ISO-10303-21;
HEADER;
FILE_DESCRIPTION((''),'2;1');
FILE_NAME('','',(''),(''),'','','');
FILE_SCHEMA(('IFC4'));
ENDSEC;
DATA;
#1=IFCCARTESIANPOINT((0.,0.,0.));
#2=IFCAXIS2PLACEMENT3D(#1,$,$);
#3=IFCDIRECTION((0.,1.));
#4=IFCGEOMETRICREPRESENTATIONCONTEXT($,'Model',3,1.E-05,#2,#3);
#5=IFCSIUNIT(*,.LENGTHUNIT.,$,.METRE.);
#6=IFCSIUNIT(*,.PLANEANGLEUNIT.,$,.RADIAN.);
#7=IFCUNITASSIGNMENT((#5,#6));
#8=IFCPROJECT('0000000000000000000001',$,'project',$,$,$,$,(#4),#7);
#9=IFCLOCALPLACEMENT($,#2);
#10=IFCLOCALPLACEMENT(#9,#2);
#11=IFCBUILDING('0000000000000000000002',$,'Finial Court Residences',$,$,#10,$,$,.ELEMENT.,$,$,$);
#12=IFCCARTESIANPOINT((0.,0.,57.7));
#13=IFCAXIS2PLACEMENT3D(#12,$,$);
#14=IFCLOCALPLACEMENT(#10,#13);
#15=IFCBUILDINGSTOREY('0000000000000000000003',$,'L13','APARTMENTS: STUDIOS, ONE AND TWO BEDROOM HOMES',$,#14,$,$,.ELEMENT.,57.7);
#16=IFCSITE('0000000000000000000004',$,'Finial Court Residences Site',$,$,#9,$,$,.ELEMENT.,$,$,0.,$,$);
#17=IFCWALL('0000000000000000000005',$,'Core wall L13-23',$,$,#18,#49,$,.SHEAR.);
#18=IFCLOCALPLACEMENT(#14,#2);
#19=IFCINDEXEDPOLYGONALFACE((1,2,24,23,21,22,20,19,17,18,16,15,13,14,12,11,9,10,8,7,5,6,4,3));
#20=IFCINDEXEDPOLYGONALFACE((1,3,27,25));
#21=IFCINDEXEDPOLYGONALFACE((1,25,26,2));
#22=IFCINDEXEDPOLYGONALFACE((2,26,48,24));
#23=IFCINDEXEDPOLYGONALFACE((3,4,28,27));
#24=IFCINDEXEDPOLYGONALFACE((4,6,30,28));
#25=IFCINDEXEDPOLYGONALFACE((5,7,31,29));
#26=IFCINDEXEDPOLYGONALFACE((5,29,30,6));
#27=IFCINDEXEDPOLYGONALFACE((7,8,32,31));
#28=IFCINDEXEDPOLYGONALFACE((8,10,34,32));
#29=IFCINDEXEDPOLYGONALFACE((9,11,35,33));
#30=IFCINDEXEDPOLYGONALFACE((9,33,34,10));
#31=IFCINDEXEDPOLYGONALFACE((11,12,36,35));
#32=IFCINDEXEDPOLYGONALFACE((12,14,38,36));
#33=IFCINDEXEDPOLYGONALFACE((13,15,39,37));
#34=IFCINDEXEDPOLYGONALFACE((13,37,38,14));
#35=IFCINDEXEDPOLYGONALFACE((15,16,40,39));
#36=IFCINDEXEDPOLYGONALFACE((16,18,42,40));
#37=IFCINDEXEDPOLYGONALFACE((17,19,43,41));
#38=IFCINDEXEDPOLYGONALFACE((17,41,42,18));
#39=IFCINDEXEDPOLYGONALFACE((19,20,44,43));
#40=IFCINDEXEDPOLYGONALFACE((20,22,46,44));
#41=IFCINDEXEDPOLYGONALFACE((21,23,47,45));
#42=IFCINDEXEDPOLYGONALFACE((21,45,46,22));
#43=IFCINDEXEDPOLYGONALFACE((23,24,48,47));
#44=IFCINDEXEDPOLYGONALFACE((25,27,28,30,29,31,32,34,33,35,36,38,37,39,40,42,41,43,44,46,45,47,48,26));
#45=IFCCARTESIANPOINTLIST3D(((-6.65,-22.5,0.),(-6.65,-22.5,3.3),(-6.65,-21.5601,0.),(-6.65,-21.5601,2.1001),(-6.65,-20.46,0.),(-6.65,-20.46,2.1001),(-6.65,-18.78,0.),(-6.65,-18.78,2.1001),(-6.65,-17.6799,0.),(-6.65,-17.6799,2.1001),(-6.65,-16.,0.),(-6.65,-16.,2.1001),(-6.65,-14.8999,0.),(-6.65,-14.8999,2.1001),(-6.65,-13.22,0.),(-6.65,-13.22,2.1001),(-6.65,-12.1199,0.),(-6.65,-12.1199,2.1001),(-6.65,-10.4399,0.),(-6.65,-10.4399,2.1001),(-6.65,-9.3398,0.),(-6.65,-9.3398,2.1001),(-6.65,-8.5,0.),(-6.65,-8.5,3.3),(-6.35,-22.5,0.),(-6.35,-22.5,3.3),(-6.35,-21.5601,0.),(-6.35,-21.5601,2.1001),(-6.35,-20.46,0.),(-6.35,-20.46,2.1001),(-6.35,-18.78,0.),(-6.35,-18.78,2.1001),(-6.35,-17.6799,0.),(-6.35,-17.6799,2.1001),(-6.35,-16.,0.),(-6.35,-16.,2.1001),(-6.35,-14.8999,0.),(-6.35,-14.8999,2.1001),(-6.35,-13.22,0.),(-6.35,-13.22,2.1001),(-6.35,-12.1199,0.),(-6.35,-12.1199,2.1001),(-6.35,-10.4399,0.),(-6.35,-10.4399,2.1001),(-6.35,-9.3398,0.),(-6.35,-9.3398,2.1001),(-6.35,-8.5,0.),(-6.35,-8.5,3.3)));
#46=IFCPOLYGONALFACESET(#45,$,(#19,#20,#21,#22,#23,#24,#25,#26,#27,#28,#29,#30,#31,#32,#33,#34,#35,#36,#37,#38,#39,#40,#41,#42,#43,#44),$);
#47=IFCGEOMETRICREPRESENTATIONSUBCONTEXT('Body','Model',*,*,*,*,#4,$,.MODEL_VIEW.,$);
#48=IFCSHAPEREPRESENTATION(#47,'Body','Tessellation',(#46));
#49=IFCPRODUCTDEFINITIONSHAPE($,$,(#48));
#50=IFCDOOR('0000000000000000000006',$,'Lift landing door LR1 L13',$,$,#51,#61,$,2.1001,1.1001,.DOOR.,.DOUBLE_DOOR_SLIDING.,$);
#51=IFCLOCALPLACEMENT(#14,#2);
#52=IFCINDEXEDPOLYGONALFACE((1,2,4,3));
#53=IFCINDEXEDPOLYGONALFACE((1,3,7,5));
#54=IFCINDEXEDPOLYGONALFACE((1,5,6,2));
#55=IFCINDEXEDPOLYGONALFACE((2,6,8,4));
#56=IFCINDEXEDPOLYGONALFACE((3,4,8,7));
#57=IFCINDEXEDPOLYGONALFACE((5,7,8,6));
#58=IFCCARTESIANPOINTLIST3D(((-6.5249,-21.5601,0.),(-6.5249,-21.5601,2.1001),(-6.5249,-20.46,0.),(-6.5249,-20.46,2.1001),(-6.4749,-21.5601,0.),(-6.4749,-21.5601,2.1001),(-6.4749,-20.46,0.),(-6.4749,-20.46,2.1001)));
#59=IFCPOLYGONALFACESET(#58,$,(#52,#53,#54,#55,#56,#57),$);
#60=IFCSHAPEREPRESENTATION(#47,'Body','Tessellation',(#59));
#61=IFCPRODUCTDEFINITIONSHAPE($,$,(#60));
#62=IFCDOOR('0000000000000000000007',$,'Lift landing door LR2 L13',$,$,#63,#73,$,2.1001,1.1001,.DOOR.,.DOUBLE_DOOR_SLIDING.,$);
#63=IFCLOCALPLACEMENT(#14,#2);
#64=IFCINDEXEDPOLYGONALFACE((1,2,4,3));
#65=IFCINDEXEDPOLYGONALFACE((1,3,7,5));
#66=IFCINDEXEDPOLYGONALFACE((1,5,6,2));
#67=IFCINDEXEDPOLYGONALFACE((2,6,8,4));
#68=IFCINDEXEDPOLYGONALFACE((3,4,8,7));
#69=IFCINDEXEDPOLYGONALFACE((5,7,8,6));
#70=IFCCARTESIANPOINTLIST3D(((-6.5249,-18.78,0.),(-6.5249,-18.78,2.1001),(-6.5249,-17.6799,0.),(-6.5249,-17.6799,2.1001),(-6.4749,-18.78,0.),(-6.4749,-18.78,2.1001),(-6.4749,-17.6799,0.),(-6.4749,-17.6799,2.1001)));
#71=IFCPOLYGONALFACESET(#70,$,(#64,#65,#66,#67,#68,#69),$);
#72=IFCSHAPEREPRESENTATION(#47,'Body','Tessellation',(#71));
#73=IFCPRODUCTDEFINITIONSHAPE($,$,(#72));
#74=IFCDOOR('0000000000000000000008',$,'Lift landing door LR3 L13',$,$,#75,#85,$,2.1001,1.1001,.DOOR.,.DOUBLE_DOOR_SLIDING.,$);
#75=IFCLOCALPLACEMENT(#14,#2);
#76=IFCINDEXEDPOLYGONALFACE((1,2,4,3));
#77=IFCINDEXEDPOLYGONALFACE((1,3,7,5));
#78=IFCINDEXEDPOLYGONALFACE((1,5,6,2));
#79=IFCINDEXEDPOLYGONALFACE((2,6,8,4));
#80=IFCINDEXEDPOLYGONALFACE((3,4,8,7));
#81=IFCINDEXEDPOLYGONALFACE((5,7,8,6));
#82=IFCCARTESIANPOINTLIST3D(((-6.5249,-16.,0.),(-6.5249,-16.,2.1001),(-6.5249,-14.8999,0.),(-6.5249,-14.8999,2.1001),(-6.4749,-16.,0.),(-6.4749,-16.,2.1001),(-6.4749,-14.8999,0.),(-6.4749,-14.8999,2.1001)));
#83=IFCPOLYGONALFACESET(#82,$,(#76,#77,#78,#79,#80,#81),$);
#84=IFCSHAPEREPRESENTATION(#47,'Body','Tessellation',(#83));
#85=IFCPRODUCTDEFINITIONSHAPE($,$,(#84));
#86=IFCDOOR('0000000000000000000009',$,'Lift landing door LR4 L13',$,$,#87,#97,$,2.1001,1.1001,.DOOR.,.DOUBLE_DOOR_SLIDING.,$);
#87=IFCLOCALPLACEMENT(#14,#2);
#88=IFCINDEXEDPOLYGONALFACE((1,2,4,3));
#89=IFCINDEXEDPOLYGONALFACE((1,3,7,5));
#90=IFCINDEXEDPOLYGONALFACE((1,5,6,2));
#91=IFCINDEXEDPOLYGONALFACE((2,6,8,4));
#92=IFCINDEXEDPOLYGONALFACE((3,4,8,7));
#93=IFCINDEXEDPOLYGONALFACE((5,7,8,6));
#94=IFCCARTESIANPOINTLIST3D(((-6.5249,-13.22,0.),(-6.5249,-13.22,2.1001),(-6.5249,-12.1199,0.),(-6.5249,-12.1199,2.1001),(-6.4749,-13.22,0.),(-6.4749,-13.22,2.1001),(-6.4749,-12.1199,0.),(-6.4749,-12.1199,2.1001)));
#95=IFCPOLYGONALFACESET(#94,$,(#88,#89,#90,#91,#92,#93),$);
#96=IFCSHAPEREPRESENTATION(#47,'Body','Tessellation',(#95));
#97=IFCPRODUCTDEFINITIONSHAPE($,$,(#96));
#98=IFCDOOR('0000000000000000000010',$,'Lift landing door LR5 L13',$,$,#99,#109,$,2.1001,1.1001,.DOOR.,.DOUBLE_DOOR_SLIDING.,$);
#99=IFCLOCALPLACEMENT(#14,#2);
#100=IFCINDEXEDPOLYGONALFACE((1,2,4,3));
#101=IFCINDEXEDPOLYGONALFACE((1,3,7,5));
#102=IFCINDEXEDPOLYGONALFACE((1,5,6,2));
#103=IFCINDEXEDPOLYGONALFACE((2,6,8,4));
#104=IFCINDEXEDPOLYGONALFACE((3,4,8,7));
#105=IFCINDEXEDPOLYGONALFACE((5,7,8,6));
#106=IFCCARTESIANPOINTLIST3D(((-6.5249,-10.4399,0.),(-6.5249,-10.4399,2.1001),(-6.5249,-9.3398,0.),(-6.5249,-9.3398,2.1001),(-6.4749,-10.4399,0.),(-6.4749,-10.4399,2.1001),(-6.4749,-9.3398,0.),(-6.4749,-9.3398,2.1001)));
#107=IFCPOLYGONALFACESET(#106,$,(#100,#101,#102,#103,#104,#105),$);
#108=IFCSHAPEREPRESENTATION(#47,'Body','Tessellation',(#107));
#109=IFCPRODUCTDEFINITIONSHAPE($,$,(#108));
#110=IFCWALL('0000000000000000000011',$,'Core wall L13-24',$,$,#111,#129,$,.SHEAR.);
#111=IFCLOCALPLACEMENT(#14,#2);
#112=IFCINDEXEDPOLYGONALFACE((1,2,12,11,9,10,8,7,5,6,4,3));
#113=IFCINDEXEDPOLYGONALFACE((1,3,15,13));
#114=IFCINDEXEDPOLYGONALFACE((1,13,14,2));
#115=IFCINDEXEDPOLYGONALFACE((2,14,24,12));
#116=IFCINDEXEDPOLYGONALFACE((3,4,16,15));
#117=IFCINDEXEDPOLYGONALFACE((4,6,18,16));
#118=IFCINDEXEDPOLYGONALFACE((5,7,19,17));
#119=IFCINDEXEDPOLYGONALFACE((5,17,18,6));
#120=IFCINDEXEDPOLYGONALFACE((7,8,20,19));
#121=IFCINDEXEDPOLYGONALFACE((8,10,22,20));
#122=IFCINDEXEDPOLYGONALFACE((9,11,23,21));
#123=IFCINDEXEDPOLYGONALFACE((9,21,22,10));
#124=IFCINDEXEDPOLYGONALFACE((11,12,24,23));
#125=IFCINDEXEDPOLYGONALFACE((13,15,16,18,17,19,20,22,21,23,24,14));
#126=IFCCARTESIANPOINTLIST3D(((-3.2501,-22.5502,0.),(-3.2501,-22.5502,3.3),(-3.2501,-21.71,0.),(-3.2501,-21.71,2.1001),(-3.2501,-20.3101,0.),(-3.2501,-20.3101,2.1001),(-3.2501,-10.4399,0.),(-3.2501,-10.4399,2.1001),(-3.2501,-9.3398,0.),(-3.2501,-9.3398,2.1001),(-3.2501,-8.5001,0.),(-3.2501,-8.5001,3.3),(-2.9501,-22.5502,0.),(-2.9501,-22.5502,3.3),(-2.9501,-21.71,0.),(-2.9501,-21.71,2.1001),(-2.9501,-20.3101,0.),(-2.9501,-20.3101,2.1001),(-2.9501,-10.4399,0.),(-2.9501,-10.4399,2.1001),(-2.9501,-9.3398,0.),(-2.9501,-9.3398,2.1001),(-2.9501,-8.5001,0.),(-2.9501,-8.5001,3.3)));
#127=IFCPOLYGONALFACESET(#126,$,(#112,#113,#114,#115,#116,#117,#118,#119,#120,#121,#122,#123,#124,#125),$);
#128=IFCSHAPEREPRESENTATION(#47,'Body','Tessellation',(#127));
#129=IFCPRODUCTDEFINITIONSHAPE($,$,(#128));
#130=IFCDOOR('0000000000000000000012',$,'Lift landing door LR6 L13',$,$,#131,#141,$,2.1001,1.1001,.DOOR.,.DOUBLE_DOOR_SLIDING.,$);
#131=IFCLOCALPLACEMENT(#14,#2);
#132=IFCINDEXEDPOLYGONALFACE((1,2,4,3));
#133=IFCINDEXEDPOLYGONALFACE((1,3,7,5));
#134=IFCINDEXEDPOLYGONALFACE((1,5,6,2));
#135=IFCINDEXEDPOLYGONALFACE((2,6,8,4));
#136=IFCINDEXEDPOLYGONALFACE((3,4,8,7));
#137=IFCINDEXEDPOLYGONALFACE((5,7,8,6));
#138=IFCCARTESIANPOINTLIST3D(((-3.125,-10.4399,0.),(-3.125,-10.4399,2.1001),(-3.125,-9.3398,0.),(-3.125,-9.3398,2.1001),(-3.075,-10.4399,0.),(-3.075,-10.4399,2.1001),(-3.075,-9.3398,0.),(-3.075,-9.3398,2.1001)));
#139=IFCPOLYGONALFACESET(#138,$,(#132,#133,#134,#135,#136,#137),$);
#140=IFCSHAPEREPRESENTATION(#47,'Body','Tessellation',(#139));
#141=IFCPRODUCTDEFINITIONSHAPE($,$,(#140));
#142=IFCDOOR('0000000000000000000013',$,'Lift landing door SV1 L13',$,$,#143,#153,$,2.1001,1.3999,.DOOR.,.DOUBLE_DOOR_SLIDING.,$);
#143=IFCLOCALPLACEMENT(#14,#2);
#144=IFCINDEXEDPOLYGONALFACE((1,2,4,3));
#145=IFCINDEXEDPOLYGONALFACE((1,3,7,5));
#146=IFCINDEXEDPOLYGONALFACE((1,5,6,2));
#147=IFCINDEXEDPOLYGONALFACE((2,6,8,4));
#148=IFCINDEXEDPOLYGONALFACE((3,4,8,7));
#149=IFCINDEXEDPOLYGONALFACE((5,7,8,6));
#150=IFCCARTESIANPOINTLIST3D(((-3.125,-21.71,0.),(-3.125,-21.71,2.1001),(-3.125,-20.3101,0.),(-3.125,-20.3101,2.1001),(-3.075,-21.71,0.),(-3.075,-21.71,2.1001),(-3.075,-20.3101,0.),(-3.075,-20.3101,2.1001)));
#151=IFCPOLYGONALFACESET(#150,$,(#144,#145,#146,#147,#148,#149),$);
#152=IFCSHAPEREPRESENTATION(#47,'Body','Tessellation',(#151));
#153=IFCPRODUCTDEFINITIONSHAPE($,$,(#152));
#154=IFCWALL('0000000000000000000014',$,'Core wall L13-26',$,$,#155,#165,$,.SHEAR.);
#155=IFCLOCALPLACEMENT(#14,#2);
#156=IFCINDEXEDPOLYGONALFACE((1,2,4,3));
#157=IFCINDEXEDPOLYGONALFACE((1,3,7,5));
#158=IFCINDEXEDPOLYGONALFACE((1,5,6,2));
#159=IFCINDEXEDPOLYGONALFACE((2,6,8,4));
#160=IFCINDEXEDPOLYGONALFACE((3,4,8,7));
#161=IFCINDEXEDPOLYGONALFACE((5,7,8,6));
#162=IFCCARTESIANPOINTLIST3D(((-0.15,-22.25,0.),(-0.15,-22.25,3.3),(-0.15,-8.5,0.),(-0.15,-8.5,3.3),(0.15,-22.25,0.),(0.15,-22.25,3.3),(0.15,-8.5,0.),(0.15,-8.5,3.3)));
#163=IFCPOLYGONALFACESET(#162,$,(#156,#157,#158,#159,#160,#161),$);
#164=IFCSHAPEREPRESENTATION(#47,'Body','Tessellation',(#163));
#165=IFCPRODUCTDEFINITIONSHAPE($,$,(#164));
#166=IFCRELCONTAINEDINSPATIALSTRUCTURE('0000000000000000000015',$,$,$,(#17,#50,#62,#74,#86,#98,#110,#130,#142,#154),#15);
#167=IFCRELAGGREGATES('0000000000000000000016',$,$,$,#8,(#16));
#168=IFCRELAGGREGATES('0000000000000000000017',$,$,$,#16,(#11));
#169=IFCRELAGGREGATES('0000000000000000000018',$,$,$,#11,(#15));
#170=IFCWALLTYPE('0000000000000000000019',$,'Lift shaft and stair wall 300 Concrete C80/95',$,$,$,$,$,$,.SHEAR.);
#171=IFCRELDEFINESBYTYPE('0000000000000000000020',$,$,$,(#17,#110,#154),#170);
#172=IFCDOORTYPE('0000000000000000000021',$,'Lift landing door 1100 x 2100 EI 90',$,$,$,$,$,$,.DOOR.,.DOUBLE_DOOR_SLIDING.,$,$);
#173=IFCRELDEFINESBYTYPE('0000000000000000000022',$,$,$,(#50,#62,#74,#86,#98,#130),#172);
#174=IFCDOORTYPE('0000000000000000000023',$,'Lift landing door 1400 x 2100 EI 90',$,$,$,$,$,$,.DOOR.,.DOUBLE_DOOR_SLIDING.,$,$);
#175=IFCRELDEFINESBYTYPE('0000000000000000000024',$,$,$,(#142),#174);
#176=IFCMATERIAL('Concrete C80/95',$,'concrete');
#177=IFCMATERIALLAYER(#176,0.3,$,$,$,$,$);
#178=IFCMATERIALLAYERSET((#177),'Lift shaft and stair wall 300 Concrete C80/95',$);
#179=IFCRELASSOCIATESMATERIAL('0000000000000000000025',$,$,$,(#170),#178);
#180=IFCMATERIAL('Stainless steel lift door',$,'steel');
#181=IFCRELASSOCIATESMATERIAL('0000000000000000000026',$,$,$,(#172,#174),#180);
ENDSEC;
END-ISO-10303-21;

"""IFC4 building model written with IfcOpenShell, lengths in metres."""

from ifc_helpers import new_model, si_unit, direction, frame, frame_2d, origin, place, context, subcontext, project, spatial, rectangle, extrude, material, layer, layer_set, type_object, element, fill, save


model = new_model("IFC4")

# Units and contexts
model_context = context("Model", 3, precision=1e-05, world=origin(), true_north=direction((0.0, 1.0)))
body_context = subcontext(model_context, "Body", "Model", "MODEL_VIEW")
ifc_project = project(units=[si_unit("LENGTHUNIT", "METRE"), si_unit("PLANEANGLEUNIT", "RADIAN")], contexts=[model_context])

# Site, building, storey
site_placement = place(None, origin())
site = spatial("IfcSite", under=ifc_project, at=site_placement, Name="Finial Court Residences Site", CompositionType="ELEMENT", RefElevation=0.0)
building_placement = place(site_placement, origin())
building = spatial("IfcBuilding", under=site, at=building_placement, Name="Finial Court Residences", CompositionType="ELEMENT")
storey_placement = place(building_placement, frame((0.0, 0.0, 57.7)))
storey = spatial("IfcBuildingStorey", under=building, at=storey_placement, Name="L13", Description="APARTMENTS: STUDIOS, ONE AND TWO BEDROOM HOMES", CompositionType="ELEMENT", Elevation=57.7)

# Shared definitions
ifc_material_1 = material(Name="Concrete C80/95", Category="concrete")
ifc_layer_1 = layer(ifc_material_1, 0.3)
ifc_layer_set_1 = layer_set([ifc_layer_1], Name="Lift shaft and stair wall 300 Concrete C80/95")
wall_type_1 = type_object("IfcWallType", Name="Lift shaft and stair wall 300 Concrete C80/95", PredefinedType="SHEAR", material=ifc_layer_set_1)

# Walls, openings, doors
wall_1_placement = place(storey_placement, frame((-6.5, -22.5, 0.0), z_axis=(0.0, 0.0, 1.0), x_axis=(0.0, 1.0, 0.0)))
wall_1 = element("IfcWall", 1, at=wall_1_placement, inside=storey, type_object=wall_type_1, Name="Core wall L13-23", PredefinedType="SHEAR", context=body_context, shape_type="SweptSolid", body=[
    extrude(rectangle(XDim=14.0, YDim=0.3, at=frame_2d((7.0, 0.0))), origin(), (0.0, 0.0, 1.0), 3.3),
])
opening_1_placement = place(wall_1_placement, frame((0.9399, 0.0, 0.0)))
opening_1 = element("IfcOpeningElement", 2, at=opening_1_placement, cuts=wall_1, PredefinedType="OPENING", context=body_context, shape_type="SweptSolid", body=[
    extrude(rectangle(XDim=1.1001, YDim=2.1001, at=frame_2d((0.55, 1.05))), frame((0.0, 0.1599, 0.0), z_axis=(0.0, -1.0, 0.0), x_axis=(1.0, 0.0, 0.0)), (0.0, 0.0, 1.0), 0.3201),
])
opening_2_placement = place(wall_1_placement, frame((3.72, 0.0, 0.0)))
opening_2 = element("IfcOpeningElement", 3, at=opening_2_placement, cuts=wall_1, PredefinedType="OPENING", context=body_context, shape_type="SweptSolid", body=[
    extrude(rectangle(XDim=1.1001, YDim=2.1001, at=frame_2d((0.55, 1.05))), frame((0.0, 0.1599, 0.0), z_axis=(0.0, -1.0, 0.0), x_axis=(1.0, 0.0, 0.0)), (0.0, 0.0, 1.0), 0.3201),
])
opening_3_placement = place(wall_1_placement, frame((6.5, 0.0, 0.0)))
opening_3 = element("IfcOpeningElement", 4, at=opening_3_placement, cuts=wall_1, PredefinedType="OPENING", context=body_context, shape_type="SweptSolid", body=[
    extrude(rectangle(XDim=1.1001, YDim=2.1001, at=frame_2d((0.55, 1.05))), frame((0.0, 0.1599, 0.0), z_axis=(0.0, -1.0, 0.0), x_axis=(1.0, 0.0, 0.0)), (0.0, 0.0, 1.0), 0.3201),
])
opening_4_placement = place(wall_1_placement, frame((9.28, 0.0, 0.0)))
opening_4 = element("IfcOpeningElement", 5, at=opening_4_placement, cuts=wall_1, PredefinedType="OPENING", context=body_context, shape_type="SweptSolid", body=[
    extrude(rectangle(XDim=1.1001, YDim=2.1001, at=frame_2d((0.55, 1.05))), frame((0.0, 0.1599, 0.0), z_axis=(0.0, -1.0, 0.0), x_axis=(1.0, 0.0, 0.0)), (0.0, 0.0, 1.0), 0.3201),
])
opening_5_placement = place(wall_1_placement, frame((12.0601, 0.0, 0.0)))
opening_5 = element("IfcOpeningElement", 6, at=opening_5_placement, cuts=wall_1, PredefinedType="OPENING", context=body_context, shape_type="SweptSolid", body=[
    extrude(rectangle(XDim=1.1001, YDim=2.1001, at=frame_2d((0.55, 1.05))), frame((0.0, 0.1599, 0.0), z_axis=(0.0, -1.0, 0.0), x_axis=(1.0, 0.0, 0.0)), (0.0, 0.0, 1.0), 0.3201),
])
ifc_material_2 = material(Name="Stainless steel lift door", Category="steel")
door_type_1 = type_object("IfcDoorType", Name="Lift landing door 1100 x 2100 EI 90", OperationType="DOUBLE_DOOR_SLIDING", PredefinedType="DOOR", material=ifc_material_2)
door_1_placement = place(opening_1_placement, origin())
door_1 = element("IfcDoor", 7, at=door_1_placement, inside=storey, type_object=door_type_1, Name="Lift landing door LR1 L13", OperationType="DOUBLE_DOOR_SLIDING", OverallHeight=2.1001, OverallWidth=1.1001, PredefinedType="DOOR", context=body_context, shape_type="SweptSolid", body=[
    extrude(rectangle(XDim=1.1001, YDim=2.1001, at=frame_2d((0.55, 1.05))), frame((0.0, 0.0249, 0.0), z_axis=(0.0, -1.0, 0.0), x_axis=(1.0, 0.0, 0.0)), (0.0, 0.0, 1.0), 0.05),
])
fill(opening_1, door_1)
door_2_placement = place(opening_2_placement, origin())
door_2 = element("IfcDoor", 8, at=door_2_placement, inside=storey, type_object=door_type_1, Name="Lift landing door LR2 L13", OperationType="DOUBLE_DOOR_SLIDING", OverallHeight=2.1001, OverallWidth=1.1001, PredefinedType="DOOR", context=body_context, shape_type="SweptSolid", body=[
    extrude(rectangle(XDim=1.1001, YDim=2.1001, at=frame_2d((0.55, 1.05))), frame((0.0, 0.0249, 0.0), z_axis=(0.0, -1.0, 0.0), x_axis=(1.0, 0.0, 0.0)), (0.0, 0.0, 1.0), 0.05),
])
fill(opening_2, door_2)
door_3_placement = place(opening_3_placement, origin())
door_3 = element("IfcDoor", 9, at=door_3_placement, inside=storey, type_object=door_type_1, Name="Lift landing door LR3 L13", OperationType="DOUBLE_DOOR_SLIDING", OverallHeight=2.1001, OverallWidth=1.1001, PredefinedType="DOOR", context=body_context, shape_type="SweptSolid", body=[
    extrude(rectangle(XDim=1.1001, YDim=2.1001, at=frame_2d((0.55, 1.05))), frame((0.0, 0.0249, 0.0), z_axis=(0.0, -1.0, 0.0), x_axis=(1.0, 0.0, 0.0)), (0.0, 0.0, 1.0), 0.05),
])
fill(opening_3, door_3)
door_4_placement = place(opening_4_placement, origin())
door_4 = element("IfcDoor", 10, at=door_4_placement, inside=storey, type_object=door_type_1, Name="Lift landing door LR4 L13", OperationType="DOUBLE_DOOR_SLIDING", OverallHeight=2.1001, OverallWidth=1.1001, PredefinedType="DOOR", context=body_context, shape_type="SweptSolid", body=[
    extrude(rectangle(XDim=1.1001, YDim=2.1001, at=frame_2d((0.55, 1.05))), frame((0.0, 0.0249, 0.0), z_axis=(0.0, -1.0, 0.0), x_axis=(1.0, 0.0, 0.0)), (0.0, 0.0, 1.0), 0.05),
])
fill(opening_4, door_4)
door_5_placement = place(opening_5_placement, origin())
door_5 = element("IfcDoor", 11, at=door_5_placement, inside=storey, type_object=door_type_1, Name="Lift landing door LR5 L13", OperationType="DOUBLE_DOOR_SLIDING", OverallHeight=2.1001, OverallWidth=1.1001, PredefinedType="DOOR", context=body_context, shape_type="SweptSolid", body=[
    extrude(rectangle(XDim=1.1001, YDim=2.1001, at=frame_2d((0.55, 1.05))), frame((0.0, 0.0249, 0.0), z_axis=(0.0, -1.0, 0.0), x_axis=(1.0, 0.0, 0.0)), (0.0, 0.0, 1.0), 0.05),
])
fill(opening_5, door_5)
wall_2_placement = place(storey_placement, frame((-3.1001, -22.55, 0.0), z_axis=(0.0, 0.0, 1.0), x_axis=(0.0, 1.0, 0.0)))
wall_2 = element("IfcWall", 12, at=wall_2_placement, inside=storey, type_object=wall_type_1, Name="Core wall L13-24", PredefinedType="SHEAR", context=body_context, shape_type="SweptSolid", body=[
    extrude(rectangle(XDim=14.05, YDim=0.3, at=frame_2d((7.0249, 0.0))), origin(), (0.0, 0.0, 1.0), 3.3),
])
opening_6_placement = place(wall_2_placement, frame((12.1101, 0.0, 0.0)))
opening_6 = element("IfcOpeningElement", 13, at=opening_6_placement, cuts=wall_2, PredefinedType="OPENING", context=body_context, shape_type="SweptSolid", body=[
    extrude(rectangle(XDim=1.1001, YDim=2.1001, at=frame_2d((0.55, 1.05))), frame((0.0, 0.1599, 0.0), z_axis=(0.0, -1.0, 0.0), x_axis=(1.0, 0.0, 0.0)), (0.0, 0.0, 1.0), 0.3201),
])
opening_7_placement = place(wall_2_placement, frame((0.8401, 0.0, 0.0)))
opening_7 = element("IfcOpeningElement", 14, at=opening_7_placement, cuts=wall_2, PredefinedType="OPENING", context=body_context, shape_type="SweptSolid", body=[
    extrude(rectangle(XDim=1.3999, YDim=2.1001, at=frame_2d((0.7, 1.05))), frame((0.0, 0.1599, 0.0), z_axis=(0.0, -1.0, 0.0), x_axis=(1.0, 0.0, 0.0)), (0.0, 0.0, 1.0), 0.3201),
])
door_6_placement = place(opening_6_placement, origin())
door_6 = element("IfcDoor", 15, at=door_6_placement, inside=storey, type_object=door_type_1, Name="Lift landing door LR6 L13", OperationType="DOUBLE_DOOR_SLIDING", OverallHeight=2.1001, OverallWidth=1.1001, PredefinedType="DOOR", context=body_context, shape_type="SweptSolid", body=[
    extrude(rectangle(XDim=1.1001, YDim=2.1001, at=frame_2d((0.55, 1.05))), frame((0.0, 0.0249, 0.0), z_axis=(0.0, -1.0, 0.0), x_axis=(1.0, 0.0, 0.0)), (0.0, 0.0, 1.0), 0.05),
])
fill(opening_6, door_6)
door_type_2 = type_object("IfcDoorType", Name="Lift landing door 1400 x 2100 EI 90", OperationType="DOUBLE_DOOR_SLIDING", PredefinedType="DOOR", material=ifc_material_2)
door_7_placement = place(opening_7_placement, origin())
door_7 = element("IfcDoor", 16, at=door_7_placement, inside=storey, type_object=door_type_2, Name="Lift landing door SV1 L13", OperationType="DOUBLE_DOOR_SLIDING", OverallHeight=2.1001, OverallWidth=1.3999, PredefinedType="DOOR", context=body_context, shape_type="SweptSolid", body=[
    extrude(rectangle(XDim=1.3999, YDim=2.1001, at=frame_2d((0.7, 1.05))), frame((0.0, 0.0249, 0.0), z_axis=(0.0, -1.0, 0.0), x_axis=(1.0, 0.0, 0.0)), (0.0, 0.0, 1.0), 0.05),
])
fill(opening_7, door_7)

# Wall
wall_3_placement = place(storey_placement, frame((0.0, -22.25, 0.0), z_axis=(0.0, 0.0, 1.0), x_axis=(0.0, 1.0, 0.0)))
element("IfcWall", 17, at=wall_3_placement, inside=storey, type_object=wall_type_1, Name="Core wall L13-26", PredefinedType="SHEAR", context=body_context, shape_type="SweptSolid", body=[
    extrude(rectangle(XDim=13.75, YDim=0.3, at=frame_2d((6.875, 0.0))), origin(), (0.0, 0.0, 1.0), 3.3),
])

save(model, "model.ifc")
